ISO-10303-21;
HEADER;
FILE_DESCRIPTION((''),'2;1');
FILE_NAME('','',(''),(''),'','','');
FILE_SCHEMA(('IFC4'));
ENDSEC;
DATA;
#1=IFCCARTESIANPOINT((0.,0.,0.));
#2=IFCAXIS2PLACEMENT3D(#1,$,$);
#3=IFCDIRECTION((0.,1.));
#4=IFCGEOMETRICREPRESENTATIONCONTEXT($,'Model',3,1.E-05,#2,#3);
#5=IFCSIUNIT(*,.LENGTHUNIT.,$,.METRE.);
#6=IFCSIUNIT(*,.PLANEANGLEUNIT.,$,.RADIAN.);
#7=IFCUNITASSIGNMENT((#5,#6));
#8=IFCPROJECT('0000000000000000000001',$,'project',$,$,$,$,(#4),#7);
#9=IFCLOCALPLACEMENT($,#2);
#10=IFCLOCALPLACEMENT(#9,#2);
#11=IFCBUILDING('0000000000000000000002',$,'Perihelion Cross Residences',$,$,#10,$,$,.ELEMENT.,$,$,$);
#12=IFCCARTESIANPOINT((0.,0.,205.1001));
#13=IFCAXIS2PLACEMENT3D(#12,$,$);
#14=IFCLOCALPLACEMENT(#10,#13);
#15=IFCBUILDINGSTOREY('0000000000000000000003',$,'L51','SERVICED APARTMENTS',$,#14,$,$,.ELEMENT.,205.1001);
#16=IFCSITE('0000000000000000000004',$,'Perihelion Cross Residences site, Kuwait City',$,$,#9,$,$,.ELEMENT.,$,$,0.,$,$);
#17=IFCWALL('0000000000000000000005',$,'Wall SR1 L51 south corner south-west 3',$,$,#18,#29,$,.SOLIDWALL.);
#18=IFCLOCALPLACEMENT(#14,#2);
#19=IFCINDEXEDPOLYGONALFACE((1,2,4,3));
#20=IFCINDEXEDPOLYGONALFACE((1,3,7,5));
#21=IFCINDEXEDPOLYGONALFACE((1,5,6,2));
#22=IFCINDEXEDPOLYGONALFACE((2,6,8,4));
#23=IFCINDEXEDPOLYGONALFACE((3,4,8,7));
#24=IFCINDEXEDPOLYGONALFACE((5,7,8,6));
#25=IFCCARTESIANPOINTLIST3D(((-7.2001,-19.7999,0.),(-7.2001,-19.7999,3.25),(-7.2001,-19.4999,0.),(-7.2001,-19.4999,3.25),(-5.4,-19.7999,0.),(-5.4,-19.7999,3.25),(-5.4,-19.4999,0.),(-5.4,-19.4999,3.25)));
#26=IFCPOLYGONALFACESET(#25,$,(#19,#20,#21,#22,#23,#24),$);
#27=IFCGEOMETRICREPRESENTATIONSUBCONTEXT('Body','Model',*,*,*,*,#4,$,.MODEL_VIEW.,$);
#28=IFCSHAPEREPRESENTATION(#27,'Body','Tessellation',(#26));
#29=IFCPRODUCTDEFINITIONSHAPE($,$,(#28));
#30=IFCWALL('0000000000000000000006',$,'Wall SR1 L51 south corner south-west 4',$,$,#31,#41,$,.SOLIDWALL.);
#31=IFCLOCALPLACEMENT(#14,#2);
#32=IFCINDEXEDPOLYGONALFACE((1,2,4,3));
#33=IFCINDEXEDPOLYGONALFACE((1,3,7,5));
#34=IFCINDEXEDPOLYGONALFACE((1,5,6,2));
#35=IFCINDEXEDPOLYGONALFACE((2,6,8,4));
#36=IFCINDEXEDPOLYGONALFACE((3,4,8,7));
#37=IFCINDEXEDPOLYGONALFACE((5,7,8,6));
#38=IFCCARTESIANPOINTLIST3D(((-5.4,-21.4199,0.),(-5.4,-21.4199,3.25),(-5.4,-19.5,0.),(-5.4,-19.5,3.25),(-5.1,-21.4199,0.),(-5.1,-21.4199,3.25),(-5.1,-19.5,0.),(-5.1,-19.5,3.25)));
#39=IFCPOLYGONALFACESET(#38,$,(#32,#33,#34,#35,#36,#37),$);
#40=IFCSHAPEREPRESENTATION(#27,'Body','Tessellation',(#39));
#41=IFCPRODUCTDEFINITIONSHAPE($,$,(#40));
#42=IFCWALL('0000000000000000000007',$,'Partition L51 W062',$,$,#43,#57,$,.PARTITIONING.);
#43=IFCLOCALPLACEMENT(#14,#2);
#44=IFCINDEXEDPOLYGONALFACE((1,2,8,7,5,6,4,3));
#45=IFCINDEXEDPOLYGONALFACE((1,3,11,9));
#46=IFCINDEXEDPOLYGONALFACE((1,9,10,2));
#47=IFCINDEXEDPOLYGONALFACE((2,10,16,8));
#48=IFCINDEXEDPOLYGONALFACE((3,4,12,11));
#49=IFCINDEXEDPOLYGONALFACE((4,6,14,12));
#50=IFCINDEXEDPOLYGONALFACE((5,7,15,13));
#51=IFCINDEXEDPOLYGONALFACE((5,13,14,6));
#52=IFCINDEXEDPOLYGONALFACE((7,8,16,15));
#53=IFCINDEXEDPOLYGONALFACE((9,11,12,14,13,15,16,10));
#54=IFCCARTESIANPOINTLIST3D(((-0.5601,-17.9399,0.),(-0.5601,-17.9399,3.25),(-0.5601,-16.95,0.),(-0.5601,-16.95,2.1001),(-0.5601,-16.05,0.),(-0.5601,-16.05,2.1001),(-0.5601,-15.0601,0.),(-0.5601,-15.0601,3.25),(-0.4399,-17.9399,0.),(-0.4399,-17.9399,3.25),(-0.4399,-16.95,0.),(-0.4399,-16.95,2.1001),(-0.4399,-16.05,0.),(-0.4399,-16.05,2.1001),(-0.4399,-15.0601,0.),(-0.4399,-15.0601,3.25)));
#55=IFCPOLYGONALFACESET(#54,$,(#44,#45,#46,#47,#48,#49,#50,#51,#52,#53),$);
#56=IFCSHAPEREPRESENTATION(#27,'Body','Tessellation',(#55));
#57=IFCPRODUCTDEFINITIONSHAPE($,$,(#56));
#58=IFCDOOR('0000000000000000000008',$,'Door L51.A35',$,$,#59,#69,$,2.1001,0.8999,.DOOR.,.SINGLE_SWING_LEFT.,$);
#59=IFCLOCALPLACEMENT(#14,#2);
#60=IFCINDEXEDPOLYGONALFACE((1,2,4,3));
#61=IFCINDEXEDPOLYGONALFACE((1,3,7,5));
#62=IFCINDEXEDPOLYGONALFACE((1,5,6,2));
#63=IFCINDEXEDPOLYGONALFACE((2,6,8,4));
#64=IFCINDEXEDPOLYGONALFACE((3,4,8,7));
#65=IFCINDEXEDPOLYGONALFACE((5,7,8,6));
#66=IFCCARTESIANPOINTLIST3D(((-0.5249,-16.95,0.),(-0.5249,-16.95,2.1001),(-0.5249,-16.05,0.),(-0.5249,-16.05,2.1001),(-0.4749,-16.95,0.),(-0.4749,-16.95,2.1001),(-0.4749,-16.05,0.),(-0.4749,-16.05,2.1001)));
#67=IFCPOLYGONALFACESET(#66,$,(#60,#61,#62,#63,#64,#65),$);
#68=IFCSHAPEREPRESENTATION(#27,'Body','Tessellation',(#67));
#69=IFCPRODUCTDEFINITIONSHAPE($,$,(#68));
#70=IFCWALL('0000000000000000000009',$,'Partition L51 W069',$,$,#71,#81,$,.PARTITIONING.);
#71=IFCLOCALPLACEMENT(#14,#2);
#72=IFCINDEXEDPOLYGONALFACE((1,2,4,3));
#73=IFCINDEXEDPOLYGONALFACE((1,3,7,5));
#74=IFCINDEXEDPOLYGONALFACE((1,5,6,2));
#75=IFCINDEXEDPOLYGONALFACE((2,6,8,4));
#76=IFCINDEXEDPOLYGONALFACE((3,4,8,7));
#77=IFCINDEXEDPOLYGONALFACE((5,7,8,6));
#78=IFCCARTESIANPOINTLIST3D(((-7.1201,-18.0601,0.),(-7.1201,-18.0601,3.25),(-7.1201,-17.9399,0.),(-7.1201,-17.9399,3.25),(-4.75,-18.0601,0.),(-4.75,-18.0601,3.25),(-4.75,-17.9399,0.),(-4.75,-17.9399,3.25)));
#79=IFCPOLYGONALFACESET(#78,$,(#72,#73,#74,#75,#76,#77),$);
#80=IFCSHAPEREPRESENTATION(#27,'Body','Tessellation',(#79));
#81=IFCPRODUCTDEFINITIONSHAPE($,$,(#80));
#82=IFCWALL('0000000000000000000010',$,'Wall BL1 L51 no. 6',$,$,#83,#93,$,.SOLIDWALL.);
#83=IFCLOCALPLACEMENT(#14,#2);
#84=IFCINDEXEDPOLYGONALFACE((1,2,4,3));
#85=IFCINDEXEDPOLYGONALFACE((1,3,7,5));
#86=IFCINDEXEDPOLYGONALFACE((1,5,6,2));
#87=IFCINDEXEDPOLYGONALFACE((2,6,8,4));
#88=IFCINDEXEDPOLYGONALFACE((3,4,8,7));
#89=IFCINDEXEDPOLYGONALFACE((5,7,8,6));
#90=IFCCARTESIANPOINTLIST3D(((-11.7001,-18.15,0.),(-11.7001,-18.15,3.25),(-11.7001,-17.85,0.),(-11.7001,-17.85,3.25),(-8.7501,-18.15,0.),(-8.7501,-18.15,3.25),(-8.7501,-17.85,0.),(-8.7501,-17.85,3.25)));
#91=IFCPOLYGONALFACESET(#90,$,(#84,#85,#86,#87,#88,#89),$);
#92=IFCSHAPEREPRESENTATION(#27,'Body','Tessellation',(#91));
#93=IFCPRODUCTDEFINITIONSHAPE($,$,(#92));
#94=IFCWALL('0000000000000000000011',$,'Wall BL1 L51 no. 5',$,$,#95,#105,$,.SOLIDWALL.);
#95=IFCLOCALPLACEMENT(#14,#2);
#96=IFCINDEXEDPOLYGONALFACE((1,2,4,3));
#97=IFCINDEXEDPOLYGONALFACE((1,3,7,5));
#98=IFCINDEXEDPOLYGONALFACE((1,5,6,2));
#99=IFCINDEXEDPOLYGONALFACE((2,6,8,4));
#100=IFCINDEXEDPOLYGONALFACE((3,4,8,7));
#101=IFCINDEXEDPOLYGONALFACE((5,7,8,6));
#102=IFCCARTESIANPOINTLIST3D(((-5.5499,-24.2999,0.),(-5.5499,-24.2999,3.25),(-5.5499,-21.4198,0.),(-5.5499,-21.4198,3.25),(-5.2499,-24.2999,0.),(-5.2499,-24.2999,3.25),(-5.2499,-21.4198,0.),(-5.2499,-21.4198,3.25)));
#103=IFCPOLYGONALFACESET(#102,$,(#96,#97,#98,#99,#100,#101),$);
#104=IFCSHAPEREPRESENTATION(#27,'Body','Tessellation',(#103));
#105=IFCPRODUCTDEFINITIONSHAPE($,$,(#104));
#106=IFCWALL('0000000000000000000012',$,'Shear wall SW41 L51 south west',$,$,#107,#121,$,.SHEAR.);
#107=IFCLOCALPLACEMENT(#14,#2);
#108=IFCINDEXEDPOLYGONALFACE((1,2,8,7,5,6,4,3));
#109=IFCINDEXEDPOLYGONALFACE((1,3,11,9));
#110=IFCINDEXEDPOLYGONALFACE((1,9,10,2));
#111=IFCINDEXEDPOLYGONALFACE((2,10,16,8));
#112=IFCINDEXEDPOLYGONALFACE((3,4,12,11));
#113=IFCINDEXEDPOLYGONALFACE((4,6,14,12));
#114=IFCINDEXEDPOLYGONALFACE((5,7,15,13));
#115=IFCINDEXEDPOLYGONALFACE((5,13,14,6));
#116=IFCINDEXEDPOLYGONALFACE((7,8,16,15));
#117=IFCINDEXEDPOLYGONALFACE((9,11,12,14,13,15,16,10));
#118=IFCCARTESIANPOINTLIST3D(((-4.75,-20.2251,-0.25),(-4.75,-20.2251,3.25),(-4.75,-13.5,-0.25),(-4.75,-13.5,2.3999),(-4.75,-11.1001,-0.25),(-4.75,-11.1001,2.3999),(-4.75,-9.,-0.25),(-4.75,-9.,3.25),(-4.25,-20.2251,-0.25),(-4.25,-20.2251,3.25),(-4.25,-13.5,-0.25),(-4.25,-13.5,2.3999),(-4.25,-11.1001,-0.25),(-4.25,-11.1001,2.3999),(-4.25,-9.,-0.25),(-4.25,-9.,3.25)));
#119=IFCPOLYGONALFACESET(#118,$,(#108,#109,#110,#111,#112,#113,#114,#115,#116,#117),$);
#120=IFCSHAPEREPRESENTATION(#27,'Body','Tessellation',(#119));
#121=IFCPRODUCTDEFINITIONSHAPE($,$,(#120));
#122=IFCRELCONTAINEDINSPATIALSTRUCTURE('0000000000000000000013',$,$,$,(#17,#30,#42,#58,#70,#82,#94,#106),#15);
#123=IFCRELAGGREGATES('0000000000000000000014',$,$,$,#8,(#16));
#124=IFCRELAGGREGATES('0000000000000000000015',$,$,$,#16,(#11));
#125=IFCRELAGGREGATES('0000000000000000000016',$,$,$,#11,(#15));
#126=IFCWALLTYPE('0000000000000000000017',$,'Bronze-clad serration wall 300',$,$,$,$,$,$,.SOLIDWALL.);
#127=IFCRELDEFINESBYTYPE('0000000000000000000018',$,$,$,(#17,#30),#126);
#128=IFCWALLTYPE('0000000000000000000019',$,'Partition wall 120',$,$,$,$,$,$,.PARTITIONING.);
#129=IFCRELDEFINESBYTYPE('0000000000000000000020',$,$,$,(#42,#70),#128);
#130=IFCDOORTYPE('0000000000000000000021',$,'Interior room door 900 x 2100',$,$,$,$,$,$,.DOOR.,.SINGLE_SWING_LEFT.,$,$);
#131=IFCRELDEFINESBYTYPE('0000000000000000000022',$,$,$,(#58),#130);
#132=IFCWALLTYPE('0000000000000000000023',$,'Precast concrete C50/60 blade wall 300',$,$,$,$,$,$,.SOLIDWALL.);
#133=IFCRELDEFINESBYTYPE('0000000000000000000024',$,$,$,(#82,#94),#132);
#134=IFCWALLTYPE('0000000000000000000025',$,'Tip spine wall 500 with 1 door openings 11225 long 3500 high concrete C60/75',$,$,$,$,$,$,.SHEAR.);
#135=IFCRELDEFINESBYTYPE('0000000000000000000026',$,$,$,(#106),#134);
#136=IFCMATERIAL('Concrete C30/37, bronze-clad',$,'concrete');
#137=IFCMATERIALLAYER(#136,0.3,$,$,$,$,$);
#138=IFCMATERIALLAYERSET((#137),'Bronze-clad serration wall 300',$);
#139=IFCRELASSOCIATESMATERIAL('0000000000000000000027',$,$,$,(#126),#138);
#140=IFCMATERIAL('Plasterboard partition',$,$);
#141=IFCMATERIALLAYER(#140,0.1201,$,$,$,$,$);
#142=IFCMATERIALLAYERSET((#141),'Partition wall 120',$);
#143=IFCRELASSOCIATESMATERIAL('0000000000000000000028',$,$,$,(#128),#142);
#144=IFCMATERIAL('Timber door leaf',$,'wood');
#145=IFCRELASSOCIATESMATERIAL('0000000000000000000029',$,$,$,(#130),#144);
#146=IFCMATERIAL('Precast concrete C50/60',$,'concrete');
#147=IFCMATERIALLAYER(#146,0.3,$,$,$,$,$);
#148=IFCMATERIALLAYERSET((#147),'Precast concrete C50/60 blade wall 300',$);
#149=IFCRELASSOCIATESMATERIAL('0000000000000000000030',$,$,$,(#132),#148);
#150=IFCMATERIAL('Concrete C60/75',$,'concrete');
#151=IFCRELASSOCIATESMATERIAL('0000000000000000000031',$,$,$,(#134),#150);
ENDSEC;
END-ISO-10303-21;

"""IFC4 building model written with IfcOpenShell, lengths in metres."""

from ifc_helpers import new_model, si_unit, direction, frame, frame_2d, origin, place, context, subcontext, project, spatial, polyline, rectangle, outline, extrude, material, layer, layer_set, material_profile, profile_set, type_object, element, fill, save


model = new_model("IFC4")

# Units and contexts
model_context = context("Model", 3, precision=1e-05, world=origin(), true_north=direction((0.0, 1.0)))
body_context = subcontext(model_context, "Body", "Model", "MODEL_VIEW")
ifc_project = project(units=[si_unit("LENGTHUNIT", "METRE"), si_unit("PLANEANGLEUNIT", "RADIAN")], contexts=[model_context])

# Site, building, storey
site_placement = place(None, origin())
site = spatial("IfcSite", under=ifc_project, at=site_placement, Name="Perihelion Cross Residences site, Kuwait City", CompositionType="ELEMENT", RefElevation=0.0)
building_placement = place(site_placement, origin())
building = spatial("IfcBuilding", under=site, at=building_placement, Name="Perihelion Cross Residences", CompositionType="ELEMENT")
storey_placement = place(building_placement, frame((0.0, 0.0, 205.1001)))
storey = spatial("IfcBuildingStorey", under=building, at=storey_placement, Name="L51", Description="SERVICED APARTMENTS", CompositionType="ELEMENT", Elevation=205.1001)

# Walls
ifc_material_1 = material(Name="Concrete C30/37, bronze-clad", Category="concrete")
ifc_layer_1 = layer(ifc_material_1, 0.3)
ifc_layer_set_1 = layer_set([ifc_layer_1], Name="Bronze-clad serration wall 300")
wall_type_1 = type_object("IfcWallType", Name="Bronze-clad serration wall 300", PredefinedType="SOLIDWALL", material=ifc_layer_set_1)
for number, where, z_axis, x_axis, name in (
    (1, (-7.2, -19.6499, 0.0), (0.0, 0.0, 1.0), (1.0, 0.0, 0.0), "Wall SR1 L51 south corner south-west 3"),
):
    element("IfcWall", number, at=place(storey_placement, frame(where, z_axis=z_axis, x_axis=x_axis)), inside=storey, type_object=wall_type_1, Name=name, PredefinedType="SOLIDWALL", context=body_context, shape_type="SweptSolid", body=[
        extrude(rectangle(XDim=1.8, YDim=0.3, at=frame_2d((0.8999, 0.0))), origin(), (0.0, 0.0, 1.0), 3.25),
    ])
wall_1_placement = place(storey_placement, frame((-5.25, -19.5, 0.0), z_axis=(0.0, 0.0, 1.0), x_axis=(0.0, -1.0, 0.0)))
element("IfcWall", 2, at=wall_1_placement, inside=storey, type_object=wall_type_1, Name="Wall SR1 L51 south corner south-west 4", PredefinedType="SOLIDWALL", context=body_context, shape_type="SweptSolid", body=[
    extrude(rectangle(XDim=1.9199, YDim=0.3, at=frame_2d((0.96, 0.0))), origin(), (0.0, 0.0, 1.0), 3.25),
])

# Wall, opening, door
ifc_material_2 = material(Name="Plasterboard partition")
ifc_layer_2 = layer(ifc_material_2, 0.1201)
ifc_layer_set_2 = layer_set([ifc_layer_2], Name="Partition wall 120")
wall_type_2 = type_object("IfcWallType", Name="Partition wall 120", PredefinedType="PARTITIONING", material=ifc_layer_set_2)
wall_2_placement = place(storey_placement, frame((-0.5, -17.9399, 0.0), z_axis=(0.0, 0.0, 1.0), x_axis=(0.0, 1.0, 0.0)))
wall_2 = element("IfcWall", 3, at=wall_2_placement, inside=storey, type_object=wall_type_2, Name="Partition L51 W062", PredefinedType="PARTITIONING", context=body_context, shape_type="SweptSolid", body=[
    extrude(rectangle(XDim=2.8799, YDim=0.1201, at=frame_2d((1.4399, 0.0))), origin(), (0.0, 0.0, 1.0), 3.25),
])
opening_1_placement = place(wall_2_placement, frame((0.99, 0.0, 0.0)))
opening_1 = element("IfcOpeningElement", 4, at=opening_1_placement, cuts=wall_2, PredefinedType="OPENING", context=body_context, shape_type="SweptSolid", body=[
    extrude(rectangle(XDim=0.8999, YDim=2.1001, at=frame_2d((0.45, 1.05))), frame((0.0, 0.0701, 0.0), z_axis=(0.0, -1.0, 0.0), x_axis=(1.0, 0.0, 0.0)), (0.0, 0.0, 1.0), 0.1401),
])
ifc_material_3 = material(Name="Timber door leaf", Category="wood")
door_type_1 = type_object("IfcDoorType", Name="Interior room door 900 x 2100", OperationType="SINGLE_SWING_LEFT", PredefinedType="DOOR", material=ifc_material_3)
door_1_placement = place(opening_1_placement, origin())
door_1 = element("IfcDoor", 5, at=door_1_placement, inside=storey, type_object=door_type_1, Name="Door L51.A35", OperationType="SINGLE_SWING_LEFT", OverallHeight=2.1001, OverallWidth=0.8999, PredefinedType="DOOR", context=body_context, shape_type="SweptSolid", body=[
    extrude(rectangle(XDim=0.8999, YDim=2.1001, at=frame_2d((0.45, 1.05))), frame((0.0, 0.0249, 0.0), z_axis=(0.0, -1.0, 0.0), x_axis=(1.0, 0.0, 0.0)), (0.0, 0.0, 1.0), 0.05),
])
fill(opening_1, door_1)

# Walls
wall_3_placement = place(storey_placement, frame((-4.75, -18.0, 0.0), z_axis=(0.0, 0.0, 1.0), x_axis=(-1.0, 0.0, 0.0)))
element("IfcWall", 6, at=wall_3_placement, inside=storey, type_object=wall_type_2, Name="Partition L51 W069", PredefinedType="PARTITIONING", context=body_context, shape_type="SweptSolid", body=[
    extrude(rectangle(XDim=2.3701, YDim=0.1201, at=frame_2d((1.1851, 0.0))), origin(), (0.0, 0.0, 1.0), 3.25),
])
ifc_material_4 = material(Name="Precast concrete C50/60", Category="concrete")
ifc_layer_3 = layer(ifc_material_4, 0.3)
ifc_layer_set_3 = layer_set([ifc_layer_3], Name="Precast concrete C50/60 blade wall 300")
wall_type_3 = type_object("IfcWallType", Name="Precast concrete C50/60 blade wall 300", PredefinedType="SOLIDWALL", material=ifc_layer_set_3)
wall_4_placement = place(storey_placement, frame((-8.75, -18.0, 0.0), z_axis=(0.0, 0.0, 1.0), x_axis=(-1.0, 0.0, 0.0)))
element("IfcWall", 7, at=wall_4_placement, inside=storey, type_object=wall_type_3, Name="Wall BL1 L51 no. 6", PredefinedType="SOLIDWALL", context=body_context, shape_type="SweptSolid", body=[
    extrude(rectangle(XDim=2.95, YDim=0.3, at=frame_2d((1.4751, 0.0))), origin(), (0.0, 0.0, 1.0), 3.25),
])
wall_5_placement = place(storey_placement, frame((-5.3999, -21.4199, 0.0), z_axis=(0.0, 0.0, 1.0), x_axis=(0.0, -1.0, 0.0)))
element("IfcWall", 8, at=wall_5_placement, inside=storey, type_object=wall_type_3, Name="Wall BL1 L51 no. 5", PredefinedType="SOLIDWALL", context=body_context, shape_type="SweptSolid", body=[
    extrude(rectangle(XDim=2.8801, YDim=0.3, at=frame_2d((1.4399, 0.0))), origin(), (0.0, 0.0, 1.0), 3.25),
])
ifc_material_5 = material(Name="Concrete C60/75", Category="concrete")
ifc_material_profile_1 = material_profile(ifc_material_5, outline(polyline([(0.0, 0.0), (6.7251, 0.0), (6.7251, 2.6499), (9.125, 2.6499), (9.125, 0.0), (11.2251, 0.0), (11.2251, 3.5), (0.0, 3.5), (0.0, 0.0)])), Name="Tip spine wall")
ifc_profile_set_1 = profile_set([ifc_material_profile_1], Name="Concrete C60/75")
wall_type_4 = type_object("IfcWallType", Name="Tip spine wall 500 with 1 door openings 11225 long 3500 high concrete C60/75", PredefinedType="SHEAR", material=ifc_profile_set_1)
wall_6_placement = place(storey_placement, frame((-4.75, -20.2251, -0.25), z_axis=(1.0, 0.0, 0.0), x_axis=(0.0, 1.0, 0.0)))
element("IfcWall", 9, at=wall_6_placement, inside=storey, type_object=wall_type_4, Name="Shear wall SW41 L51 south west", PredefinedType="SHEAR", context=body_context, shape_type="SweptSolid", body=[
    extrude(outline(polyline([(0.0, 0.0), (6.7251, 0.0), (6.7251, 2.6499), (9.125, 2.6499), (9.125, 0.0), (11.2251, 0.0), (11.2251, 3.5), (0.0, 3.5), (0.0, 0.0)])), origin(), (0.0, 0.0, 1.0), 0.5),
])

save(model, "model.ifc")
